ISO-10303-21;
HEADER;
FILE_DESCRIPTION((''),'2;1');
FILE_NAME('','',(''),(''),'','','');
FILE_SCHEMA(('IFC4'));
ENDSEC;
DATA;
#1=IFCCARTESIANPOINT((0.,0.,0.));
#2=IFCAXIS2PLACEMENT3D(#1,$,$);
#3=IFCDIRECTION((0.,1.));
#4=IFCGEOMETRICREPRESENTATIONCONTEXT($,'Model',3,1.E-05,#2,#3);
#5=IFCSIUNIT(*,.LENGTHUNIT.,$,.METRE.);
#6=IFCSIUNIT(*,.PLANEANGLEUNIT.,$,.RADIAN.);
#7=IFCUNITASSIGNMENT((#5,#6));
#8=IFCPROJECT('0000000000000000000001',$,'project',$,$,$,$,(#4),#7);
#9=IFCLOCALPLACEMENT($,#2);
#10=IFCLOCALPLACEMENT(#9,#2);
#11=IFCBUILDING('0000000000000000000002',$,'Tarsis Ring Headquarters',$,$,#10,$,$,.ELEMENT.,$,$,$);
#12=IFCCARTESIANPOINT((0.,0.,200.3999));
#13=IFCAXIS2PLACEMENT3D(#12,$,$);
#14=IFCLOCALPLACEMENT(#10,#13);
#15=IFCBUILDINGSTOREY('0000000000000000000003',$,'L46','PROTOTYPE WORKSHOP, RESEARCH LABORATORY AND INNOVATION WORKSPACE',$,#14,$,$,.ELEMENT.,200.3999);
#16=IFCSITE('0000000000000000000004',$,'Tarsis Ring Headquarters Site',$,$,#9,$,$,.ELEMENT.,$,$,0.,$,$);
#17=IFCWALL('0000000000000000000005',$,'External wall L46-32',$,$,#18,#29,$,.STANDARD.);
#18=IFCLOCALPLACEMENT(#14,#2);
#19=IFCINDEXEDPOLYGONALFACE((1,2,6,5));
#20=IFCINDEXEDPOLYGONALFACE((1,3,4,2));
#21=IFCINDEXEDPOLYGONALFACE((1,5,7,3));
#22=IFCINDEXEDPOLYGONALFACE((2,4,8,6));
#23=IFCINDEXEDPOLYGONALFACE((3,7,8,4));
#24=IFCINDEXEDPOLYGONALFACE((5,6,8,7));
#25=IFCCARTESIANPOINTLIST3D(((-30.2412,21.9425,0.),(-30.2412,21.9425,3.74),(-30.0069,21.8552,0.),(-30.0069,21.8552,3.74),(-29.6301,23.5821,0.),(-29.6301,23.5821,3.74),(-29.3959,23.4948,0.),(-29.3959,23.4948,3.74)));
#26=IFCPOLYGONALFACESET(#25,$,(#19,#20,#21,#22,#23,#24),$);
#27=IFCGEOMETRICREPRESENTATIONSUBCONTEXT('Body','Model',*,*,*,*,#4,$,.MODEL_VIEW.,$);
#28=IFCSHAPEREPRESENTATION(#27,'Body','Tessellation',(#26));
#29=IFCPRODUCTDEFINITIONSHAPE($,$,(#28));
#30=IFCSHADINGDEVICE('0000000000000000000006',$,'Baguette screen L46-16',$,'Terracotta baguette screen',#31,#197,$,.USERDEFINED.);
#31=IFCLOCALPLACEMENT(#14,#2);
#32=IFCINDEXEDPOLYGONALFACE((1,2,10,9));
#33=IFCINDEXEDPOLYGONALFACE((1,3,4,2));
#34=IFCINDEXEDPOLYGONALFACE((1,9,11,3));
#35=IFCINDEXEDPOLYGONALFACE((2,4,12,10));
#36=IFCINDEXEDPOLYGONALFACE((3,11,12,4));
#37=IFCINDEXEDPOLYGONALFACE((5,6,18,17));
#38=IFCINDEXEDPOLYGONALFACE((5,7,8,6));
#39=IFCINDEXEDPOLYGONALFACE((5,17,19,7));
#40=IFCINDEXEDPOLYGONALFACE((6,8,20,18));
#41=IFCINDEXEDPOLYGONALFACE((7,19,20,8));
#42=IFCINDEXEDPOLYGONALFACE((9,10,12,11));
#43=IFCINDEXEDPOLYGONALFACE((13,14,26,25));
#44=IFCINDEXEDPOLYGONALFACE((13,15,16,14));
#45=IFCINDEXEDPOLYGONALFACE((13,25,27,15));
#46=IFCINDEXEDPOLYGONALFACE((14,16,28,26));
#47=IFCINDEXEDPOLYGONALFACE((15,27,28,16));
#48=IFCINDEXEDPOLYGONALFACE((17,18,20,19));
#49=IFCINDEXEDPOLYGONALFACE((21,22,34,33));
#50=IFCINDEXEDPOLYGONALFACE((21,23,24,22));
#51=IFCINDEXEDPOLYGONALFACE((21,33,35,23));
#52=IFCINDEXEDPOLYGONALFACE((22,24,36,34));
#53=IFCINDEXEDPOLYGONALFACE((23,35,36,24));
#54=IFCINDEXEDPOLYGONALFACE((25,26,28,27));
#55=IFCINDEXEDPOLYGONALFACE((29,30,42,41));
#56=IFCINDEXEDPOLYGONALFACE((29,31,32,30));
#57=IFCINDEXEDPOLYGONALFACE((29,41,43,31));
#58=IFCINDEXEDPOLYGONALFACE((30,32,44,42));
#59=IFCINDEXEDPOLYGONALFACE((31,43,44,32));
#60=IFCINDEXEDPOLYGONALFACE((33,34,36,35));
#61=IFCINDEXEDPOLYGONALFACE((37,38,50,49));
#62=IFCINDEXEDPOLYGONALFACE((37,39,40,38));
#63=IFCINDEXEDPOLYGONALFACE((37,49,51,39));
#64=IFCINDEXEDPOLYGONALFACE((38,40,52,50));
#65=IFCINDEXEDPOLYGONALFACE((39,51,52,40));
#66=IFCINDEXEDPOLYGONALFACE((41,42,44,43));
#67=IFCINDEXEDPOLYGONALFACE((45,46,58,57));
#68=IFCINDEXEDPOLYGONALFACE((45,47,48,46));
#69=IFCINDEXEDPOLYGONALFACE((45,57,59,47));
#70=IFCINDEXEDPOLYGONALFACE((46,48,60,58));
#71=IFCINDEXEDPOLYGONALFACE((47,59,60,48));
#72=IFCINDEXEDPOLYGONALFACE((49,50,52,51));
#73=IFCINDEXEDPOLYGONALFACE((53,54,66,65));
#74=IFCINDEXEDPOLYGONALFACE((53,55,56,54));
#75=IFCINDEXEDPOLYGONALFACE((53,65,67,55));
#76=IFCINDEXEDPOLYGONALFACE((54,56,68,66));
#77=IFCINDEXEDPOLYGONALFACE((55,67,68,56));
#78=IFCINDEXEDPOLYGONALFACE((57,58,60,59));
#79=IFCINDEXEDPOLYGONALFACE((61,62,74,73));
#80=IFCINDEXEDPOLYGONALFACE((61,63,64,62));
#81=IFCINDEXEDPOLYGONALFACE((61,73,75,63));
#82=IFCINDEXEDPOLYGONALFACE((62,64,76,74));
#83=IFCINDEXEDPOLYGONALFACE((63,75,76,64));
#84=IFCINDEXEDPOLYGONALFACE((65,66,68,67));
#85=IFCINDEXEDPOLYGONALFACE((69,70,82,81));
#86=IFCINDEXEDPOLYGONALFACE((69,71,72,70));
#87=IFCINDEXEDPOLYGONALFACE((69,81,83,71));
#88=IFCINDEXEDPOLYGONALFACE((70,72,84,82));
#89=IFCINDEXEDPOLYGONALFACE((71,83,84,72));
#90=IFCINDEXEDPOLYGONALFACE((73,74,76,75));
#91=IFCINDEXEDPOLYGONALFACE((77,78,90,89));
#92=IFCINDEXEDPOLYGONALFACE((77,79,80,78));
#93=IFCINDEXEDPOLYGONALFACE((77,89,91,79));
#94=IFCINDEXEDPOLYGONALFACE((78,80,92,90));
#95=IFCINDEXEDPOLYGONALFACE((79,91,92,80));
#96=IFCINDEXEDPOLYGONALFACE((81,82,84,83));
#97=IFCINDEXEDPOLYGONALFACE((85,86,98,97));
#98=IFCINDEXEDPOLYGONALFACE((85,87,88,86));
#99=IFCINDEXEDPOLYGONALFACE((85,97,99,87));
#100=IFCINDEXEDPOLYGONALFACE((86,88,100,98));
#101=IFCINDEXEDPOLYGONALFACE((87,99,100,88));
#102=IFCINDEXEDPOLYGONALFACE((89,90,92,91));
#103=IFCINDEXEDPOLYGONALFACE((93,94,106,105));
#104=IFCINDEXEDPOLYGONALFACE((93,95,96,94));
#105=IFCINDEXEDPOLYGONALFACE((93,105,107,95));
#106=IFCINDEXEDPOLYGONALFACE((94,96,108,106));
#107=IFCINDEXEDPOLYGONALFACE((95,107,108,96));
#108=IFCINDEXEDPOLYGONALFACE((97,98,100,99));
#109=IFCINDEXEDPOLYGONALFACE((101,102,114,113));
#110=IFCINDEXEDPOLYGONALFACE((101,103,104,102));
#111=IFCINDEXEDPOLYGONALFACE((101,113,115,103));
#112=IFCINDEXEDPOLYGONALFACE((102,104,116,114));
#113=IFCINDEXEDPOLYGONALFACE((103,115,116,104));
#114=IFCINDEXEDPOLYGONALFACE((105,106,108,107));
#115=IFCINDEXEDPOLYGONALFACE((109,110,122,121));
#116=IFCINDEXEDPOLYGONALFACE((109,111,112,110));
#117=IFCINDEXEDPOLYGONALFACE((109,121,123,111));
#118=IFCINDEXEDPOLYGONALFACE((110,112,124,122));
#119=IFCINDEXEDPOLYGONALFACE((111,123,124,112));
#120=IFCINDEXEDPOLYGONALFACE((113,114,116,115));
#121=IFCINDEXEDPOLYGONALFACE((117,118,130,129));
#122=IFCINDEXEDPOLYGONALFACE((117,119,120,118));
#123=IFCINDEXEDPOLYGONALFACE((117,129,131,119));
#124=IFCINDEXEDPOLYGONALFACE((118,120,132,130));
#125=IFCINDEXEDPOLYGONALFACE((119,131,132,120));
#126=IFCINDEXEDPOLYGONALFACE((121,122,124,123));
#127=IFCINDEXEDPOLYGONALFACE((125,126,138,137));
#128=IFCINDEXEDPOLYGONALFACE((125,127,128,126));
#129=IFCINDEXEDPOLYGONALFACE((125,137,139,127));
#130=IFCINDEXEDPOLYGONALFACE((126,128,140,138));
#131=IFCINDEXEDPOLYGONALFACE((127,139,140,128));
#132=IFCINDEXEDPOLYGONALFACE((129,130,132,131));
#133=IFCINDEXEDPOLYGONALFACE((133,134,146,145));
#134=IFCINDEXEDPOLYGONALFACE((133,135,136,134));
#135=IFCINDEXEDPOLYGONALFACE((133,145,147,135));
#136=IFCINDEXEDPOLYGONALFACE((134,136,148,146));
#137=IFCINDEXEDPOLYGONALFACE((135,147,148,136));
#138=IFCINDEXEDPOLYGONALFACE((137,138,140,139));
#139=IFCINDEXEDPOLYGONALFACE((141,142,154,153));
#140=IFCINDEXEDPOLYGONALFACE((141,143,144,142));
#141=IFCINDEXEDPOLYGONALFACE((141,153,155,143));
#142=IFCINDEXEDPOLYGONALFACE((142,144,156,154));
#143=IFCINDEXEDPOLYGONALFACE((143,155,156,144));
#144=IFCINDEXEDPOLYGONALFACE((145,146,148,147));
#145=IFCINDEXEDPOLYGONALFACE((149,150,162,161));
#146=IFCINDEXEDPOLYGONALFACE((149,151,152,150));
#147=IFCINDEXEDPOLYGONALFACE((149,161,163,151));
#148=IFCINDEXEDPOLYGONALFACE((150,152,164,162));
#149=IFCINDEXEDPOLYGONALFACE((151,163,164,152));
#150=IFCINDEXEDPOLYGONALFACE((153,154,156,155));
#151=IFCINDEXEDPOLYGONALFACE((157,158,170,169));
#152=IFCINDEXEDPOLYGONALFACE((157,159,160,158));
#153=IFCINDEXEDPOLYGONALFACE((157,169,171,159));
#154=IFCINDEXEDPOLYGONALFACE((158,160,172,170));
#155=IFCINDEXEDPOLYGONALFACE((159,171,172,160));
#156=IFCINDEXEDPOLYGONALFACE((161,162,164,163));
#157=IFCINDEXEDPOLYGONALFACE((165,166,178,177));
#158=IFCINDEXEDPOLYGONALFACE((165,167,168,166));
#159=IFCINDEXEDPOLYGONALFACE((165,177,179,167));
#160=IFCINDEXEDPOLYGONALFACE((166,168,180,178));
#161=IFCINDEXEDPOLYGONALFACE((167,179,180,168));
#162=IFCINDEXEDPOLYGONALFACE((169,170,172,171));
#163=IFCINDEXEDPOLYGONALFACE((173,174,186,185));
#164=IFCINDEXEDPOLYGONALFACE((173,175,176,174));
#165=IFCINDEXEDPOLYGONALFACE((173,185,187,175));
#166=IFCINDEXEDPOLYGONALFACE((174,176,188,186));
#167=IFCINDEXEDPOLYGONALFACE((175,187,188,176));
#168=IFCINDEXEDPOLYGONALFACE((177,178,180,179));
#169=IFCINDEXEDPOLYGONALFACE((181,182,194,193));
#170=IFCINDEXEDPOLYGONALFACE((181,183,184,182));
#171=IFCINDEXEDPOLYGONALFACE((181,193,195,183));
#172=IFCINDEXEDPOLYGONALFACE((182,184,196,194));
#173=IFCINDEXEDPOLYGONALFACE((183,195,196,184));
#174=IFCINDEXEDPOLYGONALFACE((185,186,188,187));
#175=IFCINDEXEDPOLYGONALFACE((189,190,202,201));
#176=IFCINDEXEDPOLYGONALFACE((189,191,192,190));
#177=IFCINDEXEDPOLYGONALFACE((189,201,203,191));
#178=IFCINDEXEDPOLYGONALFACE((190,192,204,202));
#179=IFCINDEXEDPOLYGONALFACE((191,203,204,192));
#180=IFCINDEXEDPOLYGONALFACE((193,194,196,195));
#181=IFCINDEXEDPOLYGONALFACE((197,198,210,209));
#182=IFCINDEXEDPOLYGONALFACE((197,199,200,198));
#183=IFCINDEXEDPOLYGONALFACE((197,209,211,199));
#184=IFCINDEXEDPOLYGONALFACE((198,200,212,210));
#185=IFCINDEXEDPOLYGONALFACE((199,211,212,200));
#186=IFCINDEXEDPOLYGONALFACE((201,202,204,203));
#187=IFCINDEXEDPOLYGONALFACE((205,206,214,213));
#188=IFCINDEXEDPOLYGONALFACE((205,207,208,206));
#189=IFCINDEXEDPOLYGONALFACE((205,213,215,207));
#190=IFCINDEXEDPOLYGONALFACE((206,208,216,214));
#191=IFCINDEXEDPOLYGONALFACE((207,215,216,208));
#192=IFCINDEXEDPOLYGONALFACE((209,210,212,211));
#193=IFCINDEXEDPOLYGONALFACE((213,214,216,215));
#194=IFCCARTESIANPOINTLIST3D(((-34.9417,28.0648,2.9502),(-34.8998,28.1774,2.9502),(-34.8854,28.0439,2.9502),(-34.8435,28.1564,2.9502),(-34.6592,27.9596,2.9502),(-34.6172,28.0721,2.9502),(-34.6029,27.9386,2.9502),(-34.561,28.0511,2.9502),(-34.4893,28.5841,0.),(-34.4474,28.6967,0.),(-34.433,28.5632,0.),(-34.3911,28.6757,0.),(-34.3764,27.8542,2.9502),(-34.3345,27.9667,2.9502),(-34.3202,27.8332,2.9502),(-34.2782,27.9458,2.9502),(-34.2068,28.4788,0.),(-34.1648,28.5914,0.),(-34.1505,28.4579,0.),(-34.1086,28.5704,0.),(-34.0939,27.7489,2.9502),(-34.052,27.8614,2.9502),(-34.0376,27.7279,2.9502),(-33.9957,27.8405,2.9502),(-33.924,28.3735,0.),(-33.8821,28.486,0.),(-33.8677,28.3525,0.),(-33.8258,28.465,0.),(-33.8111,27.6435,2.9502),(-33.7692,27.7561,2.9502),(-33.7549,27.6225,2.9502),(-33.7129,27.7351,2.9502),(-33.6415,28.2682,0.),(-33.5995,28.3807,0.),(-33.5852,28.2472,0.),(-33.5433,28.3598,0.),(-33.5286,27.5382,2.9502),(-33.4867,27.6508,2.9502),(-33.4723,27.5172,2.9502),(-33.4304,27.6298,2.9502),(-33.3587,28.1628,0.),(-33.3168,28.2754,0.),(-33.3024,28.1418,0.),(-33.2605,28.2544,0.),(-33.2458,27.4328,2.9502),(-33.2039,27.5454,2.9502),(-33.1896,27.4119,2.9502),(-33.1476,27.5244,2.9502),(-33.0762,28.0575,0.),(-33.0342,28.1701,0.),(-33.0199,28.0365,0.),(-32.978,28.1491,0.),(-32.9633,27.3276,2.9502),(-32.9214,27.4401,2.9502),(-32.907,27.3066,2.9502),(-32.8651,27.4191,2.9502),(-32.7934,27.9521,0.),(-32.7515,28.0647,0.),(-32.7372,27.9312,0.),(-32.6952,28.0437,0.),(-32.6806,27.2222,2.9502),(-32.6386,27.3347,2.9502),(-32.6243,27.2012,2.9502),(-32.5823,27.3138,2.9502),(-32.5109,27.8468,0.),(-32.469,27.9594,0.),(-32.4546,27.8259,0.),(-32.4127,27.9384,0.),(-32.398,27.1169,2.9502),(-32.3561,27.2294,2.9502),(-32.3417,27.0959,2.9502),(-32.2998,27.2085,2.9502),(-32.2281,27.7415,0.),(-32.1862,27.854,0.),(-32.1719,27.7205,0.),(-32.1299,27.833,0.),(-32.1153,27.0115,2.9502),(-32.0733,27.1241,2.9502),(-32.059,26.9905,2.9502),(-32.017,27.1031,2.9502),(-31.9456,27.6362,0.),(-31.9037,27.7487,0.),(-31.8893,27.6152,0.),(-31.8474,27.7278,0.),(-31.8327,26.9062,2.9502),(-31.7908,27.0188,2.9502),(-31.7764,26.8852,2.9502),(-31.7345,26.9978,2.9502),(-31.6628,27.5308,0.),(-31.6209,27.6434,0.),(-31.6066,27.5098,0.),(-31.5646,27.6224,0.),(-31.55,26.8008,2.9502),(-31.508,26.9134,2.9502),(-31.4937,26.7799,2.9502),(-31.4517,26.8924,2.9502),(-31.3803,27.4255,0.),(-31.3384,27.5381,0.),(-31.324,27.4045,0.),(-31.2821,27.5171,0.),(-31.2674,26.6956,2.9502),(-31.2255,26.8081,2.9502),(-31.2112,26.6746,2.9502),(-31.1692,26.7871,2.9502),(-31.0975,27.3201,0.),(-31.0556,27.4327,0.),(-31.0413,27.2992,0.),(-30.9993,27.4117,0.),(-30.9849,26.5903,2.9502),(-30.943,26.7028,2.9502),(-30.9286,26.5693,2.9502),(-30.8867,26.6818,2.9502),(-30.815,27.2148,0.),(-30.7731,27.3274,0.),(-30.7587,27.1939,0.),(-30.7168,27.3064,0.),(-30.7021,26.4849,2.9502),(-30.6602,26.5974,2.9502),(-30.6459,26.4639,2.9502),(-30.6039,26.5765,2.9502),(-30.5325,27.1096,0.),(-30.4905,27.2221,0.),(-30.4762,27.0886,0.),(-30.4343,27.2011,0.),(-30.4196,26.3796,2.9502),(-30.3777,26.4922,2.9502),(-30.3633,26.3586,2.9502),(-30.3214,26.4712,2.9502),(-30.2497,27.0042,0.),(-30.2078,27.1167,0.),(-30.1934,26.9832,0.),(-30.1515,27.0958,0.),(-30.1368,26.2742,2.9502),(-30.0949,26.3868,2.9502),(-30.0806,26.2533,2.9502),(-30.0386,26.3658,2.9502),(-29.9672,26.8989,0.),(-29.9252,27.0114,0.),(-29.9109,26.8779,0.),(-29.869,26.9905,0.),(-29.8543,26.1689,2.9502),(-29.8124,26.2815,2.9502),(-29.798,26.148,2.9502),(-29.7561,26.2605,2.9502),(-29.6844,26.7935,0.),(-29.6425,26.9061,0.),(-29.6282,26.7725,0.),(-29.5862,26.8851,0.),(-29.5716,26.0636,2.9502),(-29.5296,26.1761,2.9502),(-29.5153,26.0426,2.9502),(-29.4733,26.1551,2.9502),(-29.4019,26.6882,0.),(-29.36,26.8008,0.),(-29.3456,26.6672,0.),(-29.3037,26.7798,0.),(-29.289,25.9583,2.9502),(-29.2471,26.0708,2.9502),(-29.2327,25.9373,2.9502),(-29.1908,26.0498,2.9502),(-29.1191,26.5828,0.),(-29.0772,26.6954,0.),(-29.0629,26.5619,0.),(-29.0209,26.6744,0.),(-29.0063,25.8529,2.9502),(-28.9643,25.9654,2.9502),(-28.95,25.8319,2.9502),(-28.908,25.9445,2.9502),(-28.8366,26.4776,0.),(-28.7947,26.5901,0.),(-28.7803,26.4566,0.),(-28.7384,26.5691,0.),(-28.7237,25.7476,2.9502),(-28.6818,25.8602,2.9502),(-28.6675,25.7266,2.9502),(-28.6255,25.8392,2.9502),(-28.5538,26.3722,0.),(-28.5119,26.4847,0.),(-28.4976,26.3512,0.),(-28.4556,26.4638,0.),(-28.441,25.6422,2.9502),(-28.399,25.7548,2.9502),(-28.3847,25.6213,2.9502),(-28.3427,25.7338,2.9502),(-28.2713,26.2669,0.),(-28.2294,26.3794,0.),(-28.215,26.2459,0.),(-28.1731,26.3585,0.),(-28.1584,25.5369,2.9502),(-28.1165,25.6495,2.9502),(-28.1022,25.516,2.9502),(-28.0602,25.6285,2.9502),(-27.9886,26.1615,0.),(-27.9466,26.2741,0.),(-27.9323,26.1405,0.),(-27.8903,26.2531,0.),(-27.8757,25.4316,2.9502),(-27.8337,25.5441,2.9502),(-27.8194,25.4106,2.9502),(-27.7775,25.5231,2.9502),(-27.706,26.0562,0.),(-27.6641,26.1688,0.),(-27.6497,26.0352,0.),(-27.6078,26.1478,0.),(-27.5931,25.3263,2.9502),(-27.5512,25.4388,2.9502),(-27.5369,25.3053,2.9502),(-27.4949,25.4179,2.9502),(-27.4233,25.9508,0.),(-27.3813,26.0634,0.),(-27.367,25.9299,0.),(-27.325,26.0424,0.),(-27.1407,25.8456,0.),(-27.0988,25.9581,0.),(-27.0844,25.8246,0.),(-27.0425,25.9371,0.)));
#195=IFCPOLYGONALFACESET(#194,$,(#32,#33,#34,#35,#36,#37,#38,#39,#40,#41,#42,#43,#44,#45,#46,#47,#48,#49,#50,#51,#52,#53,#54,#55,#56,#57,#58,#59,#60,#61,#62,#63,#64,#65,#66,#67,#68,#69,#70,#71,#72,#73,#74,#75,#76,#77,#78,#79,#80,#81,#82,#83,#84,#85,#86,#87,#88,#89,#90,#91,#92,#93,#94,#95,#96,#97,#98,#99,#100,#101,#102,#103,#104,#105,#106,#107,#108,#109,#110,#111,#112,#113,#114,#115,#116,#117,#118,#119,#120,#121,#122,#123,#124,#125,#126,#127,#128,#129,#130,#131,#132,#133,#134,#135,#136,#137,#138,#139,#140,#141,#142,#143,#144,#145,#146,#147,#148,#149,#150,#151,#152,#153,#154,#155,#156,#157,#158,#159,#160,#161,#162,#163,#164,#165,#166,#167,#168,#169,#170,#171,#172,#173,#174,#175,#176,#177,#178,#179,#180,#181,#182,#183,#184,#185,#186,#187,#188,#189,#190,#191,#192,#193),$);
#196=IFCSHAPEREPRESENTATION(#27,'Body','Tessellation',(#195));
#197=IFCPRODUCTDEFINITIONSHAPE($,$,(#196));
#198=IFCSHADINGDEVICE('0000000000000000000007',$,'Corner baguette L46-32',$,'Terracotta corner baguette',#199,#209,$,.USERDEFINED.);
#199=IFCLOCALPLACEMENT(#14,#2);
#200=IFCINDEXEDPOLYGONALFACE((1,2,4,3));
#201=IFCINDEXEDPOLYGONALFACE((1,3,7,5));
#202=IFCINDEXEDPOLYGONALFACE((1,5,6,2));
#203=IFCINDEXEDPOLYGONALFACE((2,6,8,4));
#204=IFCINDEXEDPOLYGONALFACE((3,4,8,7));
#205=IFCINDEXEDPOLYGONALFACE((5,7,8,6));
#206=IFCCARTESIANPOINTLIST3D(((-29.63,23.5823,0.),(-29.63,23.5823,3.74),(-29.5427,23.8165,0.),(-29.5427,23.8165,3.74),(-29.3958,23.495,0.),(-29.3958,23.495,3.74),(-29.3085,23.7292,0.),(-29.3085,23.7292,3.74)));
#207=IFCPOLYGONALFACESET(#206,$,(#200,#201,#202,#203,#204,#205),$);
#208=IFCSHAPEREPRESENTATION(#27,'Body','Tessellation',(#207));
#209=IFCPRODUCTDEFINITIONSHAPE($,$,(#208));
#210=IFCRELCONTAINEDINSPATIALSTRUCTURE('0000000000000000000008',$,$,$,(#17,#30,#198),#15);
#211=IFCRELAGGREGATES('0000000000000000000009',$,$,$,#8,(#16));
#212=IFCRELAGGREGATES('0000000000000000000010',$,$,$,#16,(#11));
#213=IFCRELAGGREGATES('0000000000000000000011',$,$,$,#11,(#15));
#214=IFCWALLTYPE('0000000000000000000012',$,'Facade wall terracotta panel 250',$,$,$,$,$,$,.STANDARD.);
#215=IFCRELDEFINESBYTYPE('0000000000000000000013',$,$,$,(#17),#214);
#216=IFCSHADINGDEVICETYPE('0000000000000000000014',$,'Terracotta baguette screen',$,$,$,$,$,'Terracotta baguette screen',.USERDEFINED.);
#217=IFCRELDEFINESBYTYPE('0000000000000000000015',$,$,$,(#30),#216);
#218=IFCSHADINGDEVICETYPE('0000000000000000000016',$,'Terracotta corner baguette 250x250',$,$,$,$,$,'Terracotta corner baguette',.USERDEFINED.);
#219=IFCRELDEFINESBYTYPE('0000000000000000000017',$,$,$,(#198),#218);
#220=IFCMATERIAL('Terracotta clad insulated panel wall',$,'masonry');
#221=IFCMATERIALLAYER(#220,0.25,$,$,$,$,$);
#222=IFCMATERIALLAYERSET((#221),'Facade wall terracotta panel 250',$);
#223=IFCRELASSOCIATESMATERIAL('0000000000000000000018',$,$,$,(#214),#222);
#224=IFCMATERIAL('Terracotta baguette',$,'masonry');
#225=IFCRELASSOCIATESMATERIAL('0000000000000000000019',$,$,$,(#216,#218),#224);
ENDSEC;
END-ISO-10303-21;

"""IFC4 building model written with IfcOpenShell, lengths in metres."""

from ifc_helpers import new_model, si_unit, direction, frame, frame_2d, origin, origin_2d, place, context, subcontext, project, spatial, rectangle, composite_profile, extrude, material, layer, layer_set, type_object, element, save


model = new_model("IFC4")

# Units and contexts
model_context = context("Model", 3, precision=1e-05, world=origin(), true_north=direction((0.0, 1.0)))
body_context = subcontext(model_context, "Body", "Model", "MODEL_VIEW")
ifc_project = project(units=[si_unit("LENGTHUNIT", "METRE"), si_unit("PLANEANGLEUNIT", "RADIAN")], contexts=[model_context])

# Site, building, storey
site_placement = place(None, origin())
site = spatial("IfcSite", under=ifc_project, at=site_placement, Name="Tarsis Ring Headquarters Site", CompositionType="ELEMENT", RefElevation=0.0)
building_placement = place(site_placement, origin())
building = spatial("IfcBuilding", under=site, at=building_placement, Name="Tarsis Ring Headquarters", CompositionType="ELEMENT")
storey_placement = place(building_placement, frame((0.0, 0.0, 200.3999)))
storey = spatial("IfcBuildingStorey", under=building, at=storey_placement, Name="L46", Description="PROTOTYPE WORKSHOP, RESEARCH LABORATORY AND INNOVATION WORKSPACE", CompositionType="ELEMENT", Elevation=200.3999)

# Wall
ifc_material_1 = material(Name="Terracotta clad insulated panel wall", Category="masonry")
ifc_layer = layer(ifc_material_1, 0.25)
ifc_layer_set = layer_set([ifc_layer], Name="Facade wall terracotta panel 250")
wall_type = type_object("IfcWallType", Name="Facade wall terracotta panel 250", PredefinedType="STANDARD", material=ifc_layer_set)
wall_placement = place(storey_placement, frame((-29.5129, 23.5386, 0.0), z_axis=(0.0, 0.0, 1.0), x_axis=(-0.349227, -0.937038, 0.0)))
element("IfcWall", 1, at=wall_placement, inside=storey, type_object=wall_type, Name="External wall L46-32", PredefinedType="STANDARD", context=body_context, shape_type="SweptSolid", body=[
    extrude(rectangle(XDim=1.7498, YDim=0.25, at=frame_2d((0.875, 0.0))), origin(), (0.0, 0.0, 1.0), 3.74),
])

# Shading devices
ifc_material_2 = material(Name="Terracotta baguette", Category="masonry")
shading_device_type_1 = type_object("IfcShadingDeviceType", Name="Terracotta baguette screen", ElementType="Terracotta baguette screen", PredefinedType="USERDEFINED", material=ifc_material_2)
shading_device_1_placement = place(storey_placement, frame((-27.0635, 25.8809, 0.0), z_axis=(0.0, 0.0, 1.0), x_axis=(-0.937037, 0.349203, 0.0)))
element("IfcShadingDevice", 2, at=shading_device_1_placement, inside=storey, type_object=shading_device_type_1, Name="Baguette screen L46-16", ObjectType="Terracotta baguette screen", PredefinedType="USERDEFINED", context=body_context, shape_type="SweptSolid", body=[
    extrude(composite_profile([rectangle(XDim=0.0601, YDim=0.1201, at=frame_2d((0.03, 0.0))), rectangle(XDim=0.0601, YDim=0.1201, at=frame_2d((0.3315, 0.0))), rectangle(XDim=0.0601, YDim=0.1201, at=frame_2d((0.6333, 0.0))), rectangle(XDim=0.0601, YDim=0.1201, at=frame_2d((0.9348, 0.0))), rectangle(XDim=0.0601, YDim=0.1201, at=frame_2d((1.2366, 0.0))), rectangle(XDim=0.0601, YDim=0.1201, at=frame_2d((1.5381, 0.0))), rectangle(XDim=0.0601, YDim=0.1201, at=frame_2d((1.8398, 0.0))), rectangle(XDim=0.0601, YDim=0.1201, at=frame_2d((2.1414, 0.0))), rectangle(XDim=0.0601, YDim=0.1201, at=frame_2d((2.4431, 0.0))), rectangle(XDim=0.0601, YDim=0.1201, at=frame_2d((2.7446, 0.0))), rectangle(XDim=0.0601, YDim=0.1201, at=frame_2d((3.0464, 0.0))), rectangle(XDim=0.0601, YDim=0.1201, at=frame_2d((3.3479, 0.0))), rectangle(XDim=0.0601, YDim=0.1201, at=frame_2d((3.6497, 0.0))), rectangle(XDim=0.0601, YDim=0.1201, at=frame_2d((3.9512, 0.0))), rectangle(XDim=0.0601, YDim=0.1201, at=frame_2d((4.2527, 0.0))), rectangle(XDim=0.0601, YDim=0.1201, at=frame_2d((4.5544, 0.0))), rectangle(XDim=0.0601, YDim=0.1201, at=frame_2d((4.856, 0.0))), rectangle(XDim=0.0601, YDim=0.1201, at=frame_2d((5.1577, 0.0))), rectangle(XDim=0.0601, YDim=0.1201, at=frame_2d((5.4592, 0.0))), rectangle(XDim=0.0601, YDim=0.1201, at=frame_2d((5.761, 0.0))), rectangle(XDim=0.0601, YDim=0.1201, at=frame_2d((6.0625, 0.0))), rectangle(XDim=0.0601, YDim=0.1201, at=frame_2d((6.3643, 0.0))), rectangle(XDim=0.0601, YDim=0.1201, at=frame_2d((6.6658, 0.0))), rectangle(XDim=0.0601, YDim=0.1201, at=frame_2d((6.9675, 0.0))), rectangle(XDim=0.0601, YDim=0.1201, at=frame_2d((7.269, 0.0))), rectangle(XDim=0.0601, YDim=0.1201, at=frame_2d((7.5708, 0.0))), rectangle(XDim=0.0601, YDim=0.1201, at=frame_2d((7.8723, 0.0)))]), origin(), (0.080077, 0.212765, 0.973817), 3.0295),
])
shading_device_type_2 = type_object("IfcShadingDeviceType", Name="Terracotta corner baguette 250x250", ElementType="Terracotta corner baguette", PredefinedType="USERDEFINED", material=ifc_material_2)
shading_device_2_placement = place(storey_placement, frame((-29.4692, 23.6558, 0.0), z_axis=(0.0, 0.0, 1.0), x_axis=(-0.937038, 0.349226, 0.0)))
element("IfcShadingDevice", 3, at=shading_device_2_placement, inside=storey, type_object=shading_device_type_2, Name="Corner baguette L46-32", ObjectType="Terracotta corner baguette", PredefinedType="USERDEFINED", context=body_context, shape_type="SweptSolid", body=[
    extrude(rectangle(XDim=0.25, YDim=0.25, at=origin_2d()), origin(), (0.0, 0.0, 1.0), 3.74),
])

save(model, "model.ifc")
